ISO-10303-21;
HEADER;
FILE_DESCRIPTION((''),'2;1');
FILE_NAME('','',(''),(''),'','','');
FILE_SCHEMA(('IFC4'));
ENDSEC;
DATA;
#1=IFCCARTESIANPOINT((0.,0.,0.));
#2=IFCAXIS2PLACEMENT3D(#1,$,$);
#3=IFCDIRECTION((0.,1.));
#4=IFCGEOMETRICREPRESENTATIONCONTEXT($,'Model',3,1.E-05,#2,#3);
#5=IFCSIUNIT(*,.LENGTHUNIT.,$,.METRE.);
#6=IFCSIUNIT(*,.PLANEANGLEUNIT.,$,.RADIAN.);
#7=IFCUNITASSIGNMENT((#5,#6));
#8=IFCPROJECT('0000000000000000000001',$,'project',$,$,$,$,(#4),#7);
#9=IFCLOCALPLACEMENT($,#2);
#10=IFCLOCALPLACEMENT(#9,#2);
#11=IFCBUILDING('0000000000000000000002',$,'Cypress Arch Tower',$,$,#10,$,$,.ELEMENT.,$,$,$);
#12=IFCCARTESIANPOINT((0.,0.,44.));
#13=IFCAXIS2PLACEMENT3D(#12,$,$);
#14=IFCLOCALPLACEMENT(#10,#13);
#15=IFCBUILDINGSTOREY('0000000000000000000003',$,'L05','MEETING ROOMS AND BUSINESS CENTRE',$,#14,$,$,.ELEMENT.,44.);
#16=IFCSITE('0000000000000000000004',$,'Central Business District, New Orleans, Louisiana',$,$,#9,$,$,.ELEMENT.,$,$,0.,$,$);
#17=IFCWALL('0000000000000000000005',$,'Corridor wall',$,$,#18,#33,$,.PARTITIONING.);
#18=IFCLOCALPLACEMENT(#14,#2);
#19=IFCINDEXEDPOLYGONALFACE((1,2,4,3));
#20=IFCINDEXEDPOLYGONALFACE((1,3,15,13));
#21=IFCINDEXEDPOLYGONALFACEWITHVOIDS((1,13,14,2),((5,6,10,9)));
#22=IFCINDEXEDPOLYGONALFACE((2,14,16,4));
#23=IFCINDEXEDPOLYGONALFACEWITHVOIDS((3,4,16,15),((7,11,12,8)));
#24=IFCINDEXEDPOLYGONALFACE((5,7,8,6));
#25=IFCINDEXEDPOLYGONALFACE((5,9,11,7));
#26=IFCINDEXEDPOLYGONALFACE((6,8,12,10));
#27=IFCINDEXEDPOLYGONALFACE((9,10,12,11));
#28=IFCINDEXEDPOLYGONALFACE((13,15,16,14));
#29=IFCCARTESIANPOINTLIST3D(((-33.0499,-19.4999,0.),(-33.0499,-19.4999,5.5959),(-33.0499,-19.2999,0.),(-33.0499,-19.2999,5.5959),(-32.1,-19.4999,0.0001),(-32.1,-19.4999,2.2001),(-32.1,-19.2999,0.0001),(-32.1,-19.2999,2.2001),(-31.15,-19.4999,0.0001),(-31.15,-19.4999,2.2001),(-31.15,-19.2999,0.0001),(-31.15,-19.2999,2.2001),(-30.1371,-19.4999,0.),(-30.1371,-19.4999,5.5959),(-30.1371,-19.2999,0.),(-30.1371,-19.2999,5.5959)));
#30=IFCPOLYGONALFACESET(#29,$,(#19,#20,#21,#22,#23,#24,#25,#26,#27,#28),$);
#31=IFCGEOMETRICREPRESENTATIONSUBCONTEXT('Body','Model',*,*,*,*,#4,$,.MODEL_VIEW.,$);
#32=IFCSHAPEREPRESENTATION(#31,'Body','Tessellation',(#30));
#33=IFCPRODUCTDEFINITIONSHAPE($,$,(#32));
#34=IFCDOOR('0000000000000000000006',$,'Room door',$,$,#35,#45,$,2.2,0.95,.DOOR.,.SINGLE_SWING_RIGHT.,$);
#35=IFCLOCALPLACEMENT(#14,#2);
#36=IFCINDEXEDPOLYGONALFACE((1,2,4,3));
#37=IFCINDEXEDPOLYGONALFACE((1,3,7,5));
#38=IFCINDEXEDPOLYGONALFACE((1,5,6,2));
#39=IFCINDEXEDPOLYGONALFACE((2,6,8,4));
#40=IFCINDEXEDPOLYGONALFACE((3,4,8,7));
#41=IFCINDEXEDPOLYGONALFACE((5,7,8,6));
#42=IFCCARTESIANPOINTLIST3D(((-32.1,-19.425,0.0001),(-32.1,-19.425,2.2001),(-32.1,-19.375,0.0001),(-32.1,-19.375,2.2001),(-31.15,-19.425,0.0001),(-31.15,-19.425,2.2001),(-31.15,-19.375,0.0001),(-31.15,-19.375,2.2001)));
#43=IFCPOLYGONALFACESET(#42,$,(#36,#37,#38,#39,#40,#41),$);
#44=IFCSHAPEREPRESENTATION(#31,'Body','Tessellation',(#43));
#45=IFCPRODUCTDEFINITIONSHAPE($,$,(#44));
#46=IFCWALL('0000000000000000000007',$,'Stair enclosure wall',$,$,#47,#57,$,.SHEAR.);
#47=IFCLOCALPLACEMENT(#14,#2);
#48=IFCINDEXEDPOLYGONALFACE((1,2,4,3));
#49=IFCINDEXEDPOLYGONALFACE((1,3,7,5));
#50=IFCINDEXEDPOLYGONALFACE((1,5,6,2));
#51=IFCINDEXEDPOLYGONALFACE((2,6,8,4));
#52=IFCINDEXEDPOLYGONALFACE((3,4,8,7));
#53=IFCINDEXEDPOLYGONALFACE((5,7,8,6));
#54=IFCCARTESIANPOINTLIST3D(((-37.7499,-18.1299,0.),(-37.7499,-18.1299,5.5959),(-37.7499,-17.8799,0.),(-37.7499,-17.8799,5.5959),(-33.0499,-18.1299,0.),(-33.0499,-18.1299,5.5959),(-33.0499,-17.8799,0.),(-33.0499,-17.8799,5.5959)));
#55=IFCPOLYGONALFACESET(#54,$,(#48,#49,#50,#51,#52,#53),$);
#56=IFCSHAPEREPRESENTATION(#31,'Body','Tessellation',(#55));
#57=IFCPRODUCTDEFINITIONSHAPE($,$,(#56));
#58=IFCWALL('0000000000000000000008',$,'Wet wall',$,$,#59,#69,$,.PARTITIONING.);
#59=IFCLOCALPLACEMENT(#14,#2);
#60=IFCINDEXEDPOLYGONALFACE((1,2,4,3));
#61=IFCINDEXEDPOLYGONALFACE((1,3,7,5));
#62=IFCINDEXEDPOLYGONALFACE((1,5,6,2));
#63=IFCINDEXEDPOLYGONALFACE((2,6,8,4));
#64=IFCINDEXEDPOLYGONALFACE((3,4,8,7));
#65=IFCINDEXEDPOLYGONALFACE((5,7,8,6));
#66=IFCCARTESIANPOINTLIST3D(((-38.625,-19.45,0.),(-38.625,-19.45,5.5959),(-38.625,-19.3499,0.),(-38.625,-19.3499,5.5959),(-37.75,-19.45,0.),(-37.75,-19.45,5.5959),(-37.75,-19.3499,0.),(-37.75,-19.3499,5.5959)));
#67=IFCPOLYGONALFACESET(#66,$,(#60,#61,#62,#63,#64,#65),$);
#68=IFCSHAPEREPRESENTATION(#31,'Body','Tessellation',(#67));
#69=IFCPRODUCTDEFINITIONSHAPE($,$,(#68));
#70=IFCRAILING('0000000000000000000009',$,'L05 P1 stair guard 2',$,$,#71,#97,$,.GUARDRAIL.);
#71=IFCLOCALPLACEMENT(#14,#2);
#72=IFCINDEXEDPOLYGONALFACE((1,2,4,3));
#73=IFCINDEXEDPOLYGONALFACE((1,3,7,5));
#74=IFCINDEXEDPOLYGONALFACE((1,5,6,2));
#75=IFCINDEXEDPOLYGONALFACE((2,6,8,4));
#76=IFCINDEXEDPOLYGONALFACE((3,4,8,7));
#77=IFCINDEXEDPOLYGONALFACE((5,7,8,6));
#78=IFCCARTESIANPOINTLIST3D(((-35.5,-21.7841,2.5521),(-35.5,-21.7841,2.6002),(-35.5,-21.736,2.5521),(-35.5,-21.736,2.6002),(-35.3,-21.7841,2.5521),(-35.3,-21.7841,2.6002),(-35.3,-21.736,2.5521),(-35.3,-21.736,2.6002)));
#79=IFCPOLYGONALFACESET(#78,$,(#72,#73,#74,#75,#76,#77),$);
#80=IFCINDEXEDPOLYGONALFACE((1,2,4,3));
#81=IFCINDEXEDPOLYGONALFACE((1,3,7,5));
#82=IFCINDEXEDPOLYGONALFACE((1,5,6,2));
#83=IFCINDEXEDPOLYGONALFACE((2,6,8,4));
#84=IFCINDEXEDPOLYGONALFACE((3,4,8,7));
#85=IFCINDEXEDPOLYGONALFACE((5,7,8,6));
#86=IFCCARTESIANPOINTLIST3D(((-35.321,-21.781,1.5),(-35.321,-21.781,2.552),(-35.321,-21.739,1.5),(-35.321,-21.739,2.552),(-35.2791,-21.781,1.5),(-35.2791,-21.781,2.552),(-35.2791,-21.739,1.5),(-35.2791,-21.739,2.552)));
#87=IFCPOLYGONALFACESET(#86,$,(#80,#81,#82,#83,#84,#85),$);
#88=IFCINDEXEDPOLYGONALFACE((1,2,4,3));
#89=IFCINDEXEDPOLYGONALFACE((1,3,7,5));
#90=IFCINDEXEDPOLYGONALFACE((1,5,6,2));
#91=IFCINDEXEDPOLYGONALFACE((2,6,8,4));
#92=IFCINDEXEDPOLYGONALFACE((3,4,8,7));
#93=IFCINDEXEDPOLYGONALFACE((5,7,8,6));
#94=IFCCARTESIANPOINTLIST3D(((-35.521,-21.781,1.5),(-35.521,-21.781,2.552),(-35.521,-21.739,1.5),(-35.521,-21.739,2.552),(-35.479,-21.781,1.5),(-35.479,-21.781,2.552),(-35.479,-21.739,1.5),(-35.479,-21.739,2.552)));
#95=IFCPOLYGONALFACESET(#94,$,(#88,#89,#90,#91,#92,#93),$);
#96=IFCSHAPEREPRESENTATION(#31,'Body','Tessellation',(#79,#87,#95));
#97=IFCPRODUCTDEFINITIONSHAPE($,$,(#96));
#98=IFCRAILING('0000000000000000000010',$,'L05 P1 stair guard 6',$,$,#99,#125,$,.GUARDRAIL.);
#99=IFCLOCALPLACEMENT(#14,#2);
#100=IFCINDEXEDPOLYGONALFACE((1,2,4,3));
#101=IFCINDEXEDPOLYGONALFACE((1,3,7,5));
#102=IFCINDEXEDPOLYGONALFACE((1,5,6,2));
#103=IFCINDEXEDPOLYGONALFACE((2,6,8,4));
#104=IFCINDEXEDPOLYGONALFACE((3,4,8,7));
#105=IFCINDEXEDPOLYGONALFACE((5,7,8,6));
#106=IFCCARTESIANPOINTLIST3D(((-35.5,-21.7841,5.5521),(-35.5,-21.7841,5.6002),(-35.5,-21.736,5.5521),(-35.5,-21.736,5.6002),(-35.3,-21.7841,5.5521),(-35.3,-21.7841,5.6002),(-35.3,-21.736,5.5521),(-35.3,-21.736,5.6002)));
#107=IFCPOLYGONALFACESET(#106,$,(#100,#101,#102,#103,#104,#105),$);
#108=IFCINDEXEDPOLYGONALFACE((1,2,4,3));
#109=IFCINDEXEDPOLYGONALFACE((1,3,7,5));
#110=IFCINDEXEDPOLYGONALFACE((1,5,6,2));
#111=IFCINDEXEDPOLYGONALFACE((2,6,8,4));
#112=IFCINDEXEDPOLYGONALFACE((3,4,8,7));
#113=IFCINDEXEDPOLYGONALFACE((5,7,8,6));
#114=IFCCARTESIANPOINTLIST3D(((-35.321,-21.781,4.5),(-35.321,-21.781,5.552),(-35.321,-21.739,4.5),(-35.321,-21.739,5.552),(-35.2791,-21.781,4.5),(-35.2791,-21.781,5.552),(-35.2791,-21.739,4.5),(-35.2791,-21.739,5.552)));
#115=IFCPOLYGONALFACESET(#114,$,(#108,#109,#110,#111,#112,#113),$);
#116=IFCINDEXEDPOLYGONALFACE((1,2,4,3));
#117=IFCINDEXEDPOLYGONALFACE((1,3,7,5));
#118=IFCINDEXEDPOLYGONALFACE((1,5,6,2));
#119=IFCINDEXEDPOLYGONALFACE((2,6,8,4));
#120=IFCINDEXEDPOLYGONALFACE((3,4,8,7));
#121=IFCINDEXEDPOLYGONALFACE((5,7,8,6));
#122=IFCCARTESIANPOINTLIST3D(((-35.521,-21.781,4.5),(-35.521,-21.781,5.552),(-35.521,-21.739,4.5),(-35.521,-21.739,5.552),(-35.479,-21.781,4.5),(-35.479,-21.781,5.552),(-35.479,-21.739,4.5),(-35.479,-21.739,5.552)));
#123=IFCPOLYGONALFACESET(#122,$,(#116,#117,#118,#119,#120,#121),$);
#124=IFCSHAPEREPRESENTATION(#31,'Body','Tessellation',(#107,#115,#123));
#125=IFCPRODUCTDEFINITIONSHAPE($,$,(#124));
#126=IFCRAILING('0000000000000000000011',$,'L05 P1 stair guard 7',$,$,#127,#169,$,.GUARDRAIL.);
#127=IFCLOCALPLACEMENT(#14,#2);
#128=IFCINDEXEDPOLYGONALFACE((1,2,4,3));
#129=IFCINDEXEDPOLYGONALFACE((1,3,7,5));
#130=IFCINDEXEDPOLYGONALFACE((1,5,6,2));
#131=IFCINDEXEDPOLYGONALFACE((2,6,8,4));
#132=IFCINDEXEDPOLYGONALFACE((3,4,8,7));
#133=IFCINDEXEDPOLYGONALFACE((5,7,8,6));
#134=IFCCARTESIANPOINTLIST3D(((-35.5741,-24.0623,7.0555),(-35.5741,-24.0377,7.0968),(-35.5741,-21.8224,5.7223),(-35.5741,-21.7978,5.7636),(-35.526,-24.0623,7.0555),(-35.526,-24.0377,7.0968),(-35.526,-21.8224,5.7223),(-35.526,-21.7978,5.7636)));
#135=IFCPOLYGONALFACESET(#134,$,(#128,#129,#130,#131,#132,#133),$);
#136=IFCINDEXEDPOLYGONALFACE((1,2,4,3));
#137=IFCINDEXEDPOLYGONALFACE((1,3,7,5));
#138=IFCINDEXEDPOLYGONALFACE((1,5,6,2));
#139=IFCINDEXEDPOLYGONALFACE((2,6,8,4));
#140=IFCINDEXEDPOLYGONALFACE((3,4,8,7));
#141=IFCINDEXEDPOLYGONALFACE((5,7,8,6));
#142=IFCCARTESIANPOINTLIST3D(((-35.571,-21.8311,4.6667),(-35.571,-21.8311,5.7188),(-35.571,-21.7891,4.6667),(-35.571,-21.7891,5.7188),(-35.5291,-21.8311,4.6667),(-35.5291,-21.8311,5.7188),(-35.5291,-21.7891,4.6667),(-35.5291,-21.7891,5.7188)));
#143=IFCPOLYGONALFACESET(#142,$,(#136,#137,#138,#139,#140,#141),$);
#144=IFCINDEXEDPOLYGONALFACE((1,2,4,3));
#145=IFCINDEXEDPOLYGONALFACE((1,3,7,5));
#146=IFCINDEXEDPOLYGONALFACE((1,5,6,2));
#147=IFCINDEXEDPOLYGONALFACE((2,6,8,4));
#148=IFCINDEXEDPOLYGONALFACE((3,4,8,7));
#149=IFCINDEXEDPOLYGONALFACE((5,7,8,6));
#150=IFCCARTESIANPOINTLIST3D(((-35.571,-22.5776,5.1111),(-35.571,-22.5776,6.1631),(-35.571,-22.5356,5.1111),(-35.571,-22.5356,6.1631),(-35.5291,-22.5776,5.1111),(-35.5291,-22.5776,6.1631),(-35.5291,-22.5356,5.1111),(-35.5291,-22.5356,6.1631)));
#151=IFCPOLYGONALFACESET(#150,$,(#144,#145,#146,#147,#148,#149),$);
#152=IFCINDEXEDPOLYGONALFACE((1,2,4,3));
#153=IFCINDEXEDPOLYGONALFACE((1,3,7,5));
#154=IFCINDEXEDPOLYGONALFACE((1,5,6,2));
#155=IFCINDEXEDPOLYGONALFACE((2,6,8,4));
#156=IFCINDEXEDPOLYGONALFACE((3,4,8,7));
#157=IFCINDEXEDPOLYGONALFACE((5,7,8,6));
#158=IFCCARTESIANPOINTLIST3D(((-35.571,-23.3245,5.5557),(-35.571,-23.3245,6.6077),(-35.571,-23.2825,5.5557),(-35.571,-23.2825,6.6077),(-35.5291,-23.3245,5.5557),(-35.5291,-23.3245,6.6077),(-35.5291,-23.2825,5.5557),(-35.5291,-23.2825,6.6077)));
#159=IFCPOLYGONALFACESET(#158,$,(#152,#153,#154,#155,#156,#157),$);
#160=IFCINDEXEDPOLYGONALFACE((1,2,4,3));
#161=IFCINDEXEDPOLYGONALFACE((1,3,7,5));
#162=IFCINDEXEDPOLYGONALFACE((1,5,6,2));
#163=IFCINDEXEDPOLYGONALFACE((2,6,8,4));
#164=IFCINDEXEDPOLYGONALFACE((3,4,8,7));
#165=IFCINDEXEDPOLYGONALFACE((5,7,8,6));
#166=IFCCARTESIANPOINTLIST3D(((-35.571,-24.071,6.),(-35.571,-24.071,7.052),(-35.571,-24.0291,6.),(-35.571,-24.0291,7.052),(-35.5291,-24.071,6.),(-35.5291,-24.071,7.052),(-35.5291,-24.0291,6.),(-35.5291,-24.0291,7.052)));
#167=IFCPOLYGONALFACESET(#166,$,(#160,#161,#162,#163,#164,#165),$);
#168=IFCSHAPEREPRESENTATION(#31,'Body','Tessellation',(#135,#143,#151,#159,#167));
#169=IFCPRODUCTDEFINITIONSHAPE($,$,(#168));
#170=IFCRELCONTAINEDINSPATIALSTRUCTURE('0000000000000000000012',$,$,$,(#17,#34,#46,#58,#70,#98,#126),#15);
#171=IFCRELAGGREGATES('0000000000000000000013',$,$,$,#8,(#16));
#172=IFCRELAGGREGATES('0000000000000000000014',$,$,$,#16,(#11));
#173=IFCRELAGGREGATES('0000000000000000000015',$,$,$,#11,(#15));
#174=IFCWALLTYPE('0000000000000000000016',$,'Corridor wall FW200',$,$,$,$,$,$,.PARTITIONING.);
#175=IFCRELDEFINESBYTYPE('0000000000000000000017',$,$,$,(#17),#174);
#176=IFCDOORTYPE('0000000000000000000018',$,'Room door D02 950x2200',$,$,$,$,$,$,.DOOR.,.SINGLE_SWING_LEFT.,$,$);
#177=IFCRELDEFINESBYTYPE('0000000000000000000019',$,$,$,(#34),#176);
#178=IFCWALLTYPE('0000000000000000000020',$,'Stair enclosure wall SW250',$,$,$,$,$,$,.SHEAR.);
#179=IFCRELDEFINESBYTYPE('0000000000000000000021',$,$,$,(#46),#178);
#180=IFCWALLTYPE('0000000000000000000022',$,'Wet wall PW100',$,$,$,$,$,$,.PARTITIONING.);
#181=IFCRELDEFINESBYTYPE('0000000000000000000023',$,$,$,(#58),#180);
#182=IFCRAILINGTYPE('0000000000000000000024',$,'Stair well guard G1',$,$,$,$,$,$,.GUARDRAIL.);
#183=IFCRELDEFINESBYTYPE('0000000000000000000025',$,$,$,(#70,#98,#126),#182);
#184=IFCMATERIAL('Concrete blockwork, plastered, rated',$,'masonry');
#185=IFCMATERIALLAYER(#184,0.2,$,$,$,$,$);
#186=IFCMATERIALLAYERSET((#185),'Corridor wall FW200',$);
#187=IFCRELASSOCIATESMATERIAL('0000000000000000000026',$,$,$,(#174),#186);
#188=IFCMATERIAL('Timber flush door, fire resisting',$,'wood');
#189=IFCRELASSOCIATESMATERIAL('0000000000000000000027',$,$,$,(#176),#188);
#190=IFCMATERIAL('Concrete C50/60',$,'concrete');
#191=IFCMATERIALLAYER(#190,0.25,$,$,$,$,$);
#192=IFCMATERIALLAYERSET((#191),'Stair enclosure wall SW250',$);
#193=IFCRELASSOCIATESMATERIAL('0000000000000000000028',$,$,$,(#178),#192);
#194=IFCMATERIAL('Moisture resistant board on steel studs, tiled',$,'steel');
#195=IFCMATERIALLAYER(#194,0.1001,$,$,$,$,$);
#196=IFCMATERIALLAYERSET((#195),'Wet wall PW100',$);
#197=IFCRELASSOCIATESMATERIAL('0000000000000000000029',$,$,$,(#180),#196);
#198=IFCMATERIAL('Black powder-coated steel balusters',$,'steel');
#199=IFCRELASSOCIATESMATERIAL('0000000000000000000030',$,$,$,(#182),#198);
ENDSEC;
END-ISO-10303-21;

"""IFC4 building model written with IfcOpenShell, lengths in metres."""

from ifc_helpers import new_model, si_unit, direction, frame, frame_2d, origin, origin_2d, place, context, subcontext, project, spatial, rectangle, extrude, material, layer, layer_set, type_object, element, fill, save


model = new_model("IFC4")

# Units and contexts
model_context = context("Model", 3, precision=1e-05, world=origin(), true_north=direction((0.0, 1.0)))
body_context = subcontext(model_context, "Body", "Model", "MODEL_VIEW")
ifc_project = project(units=[si_unit("LENGTHUNIT", "METRE"), si_unit("PLANEANGLEUNIT", "RADIAN")], contexts=[model_context])

# Site, building, storey
site_placement = place(None, origin())
site = spatial("IfcSite", under=ifc_project, at=site_placement, Name="Central Business District, New Orleans, Louisiana", CompositionType="ELEMENT", RefElevation=0.0)
building_placement = place(site_placement, origin())
building = spatial("IfcBuilding", under=site, at=building_placement, Name="Cypress Arch Tower", CompositionType="ELEMENT")
storey_placement = place(building_placement, frame((0.0, 0.0, 44.0)))
storey = spatial("IfcBuildingStorey", under=building, at=storey_placement, Name="L05", Description="MEETING ROOMS AND BUSINESS CENTRE", CompositionType="ELEMENT", Elevation=44.0)

# Shared definitions
ifc_material_1 = material(Name="Concrete blockwork, plastered, rated", Category="masonry")
ifc_layer_1 = layer(ifc_material_1, 0.2)
ifc_layer_set_1 = layer_set([ifc_layer_1], Name="Corridor wall FW200")
wall_type_1 = type_object("IfcWallType", Name="Corridor wall FW200", PredefinedType="PARTITIONING", material=ifc_layer_set_1)
ifc_material_2 = material(Name="Timber flush door, fire resisting", Category="wood")
door_type_1 = type_object("IfcDoorType", Name="Room door D02 950x2200", OperationType="SINGLE_SWING_LEFT", PredefinedType="DOOR", material=ifc_material_2)

# Wall, opening, door
wall_1_placement = place(storey_placement, frame((-33.05, -19.3999, 0.0), z_axis=(0.0, 0.0, 1.0), x_axis=(1.0, 0.0, 0.0)))
wall_1 = element("IfcWall", 1, at=wall_1_placement, inside=storey, type_object=wall_type_1, Name="Corridor wall", PredefinedType="PARTITIONING", context=body_context, shape_type="SweptSolid", body=[
    extrude(rectangle(XDim=2.9128, YDim=0.2, at=frame_2d((1.4565, 0.0))), origin(), (0.0, 0.0, 1.0), 5.5959),
])
opening_1_placement = place(wall_1_placement, frame((0.95, 0.0, 0.0)))
opening_1 = element("IfcOpeningElement", 2, at=opening_1_placement, cuts=wall_1, PredefinedType="OPENING", context=body_context, shape_type="SweptSolid", body=[
    extrude(rectangle(XDim=0.95, YDim=2.2, at=frame_2d((0.4751, 1.1001))), frame((0.0, 0.1099, 0.0), z_axis=(0.0, -1.0, 0.0), x_axis=(1.0, 0.0, 0.0)), (0.0, 0.0, 1.0), 0.22),
])
door_1_placement = place(opening_1_placement, origin())
door_1 = element("IfcDoor", 3, at=door_1_placement, inside=storey, type_object=door_type_1, Name="Room door", OperationType="SINGLE_SWING_RIGHT", OverallHeight=2.2, OverallWidth=0.95, PredefinedType="DOOR", context=body_context, shape_type="SweptSolid", body=[
    extrude(rectangle(XDim=0.95, YDim=2.2, at=frame_2d((0.4751, 1.1001))), frame((0.0, 0.0249, 0.0), z_axis=(0.0, -1.0, 0.0), x_axis=(1.0, 0.0, 0.0)), (0.0, 0.0, 1.0), 0.05),
])
fill(opening_1, door_1)

# Walls
ifc_material_3 = material(Name="Concrete C50/60", Category="concrete")
ifc_layer_2 = layer(ifc_material_3, 0.25)
ifc_layer_set_2 = layer_set([ifc_layer_2], Name="Stair enclosure wall SW250")
wall_type_2 = type_object("IfcWallType", Name="Stair enclosure wall SW250", PredefinedType="SHEAR", material=ifc_layer_set_2)
wall_2_placement = place(storey_placement, frame((-37.75, -18.0049, 0.0), z_axis=(0.0, 0.0, 1.0), x_axis=(1.0, 0.0, 0.0)))
element("IfcWall", 4, at=wall_2_placement, inside=storey, type_object=wall_type_2, Name="Stair enclosure wall", PredefinedType="SHEAR", context=body_context, shape_type="SweptSolid", body=[
    extrude(rectangle(XDim=4.7, YDim=0.25, at=frame_2d((2.3501, 0.0))), origin(), (0.0, 0.0, 1.0), 5.5959),
])
ifc_material_4 = material(Name="Moisture resistant board on steel studs, tiled", Category="steel")
ifc_layer_3 = layer(ifc_material_4, 0.1001)
ifc_layer_set_3 = layer_set([ifc_layer_3], Name="Wet wall PW100")
wall_type_3 = type_object("IfcWallType", Name="Wet wall PW100", PredefinedType="PARTITIONING", material=ifc_layer_set_3)
wall_3_placement = place(storey_placement, frame((-38.625, -19.3999, 0.0), z_axis=(0.0, 0.0, 1.0), x_axis=(1.0, 0.0, 0.0)))
element("IfcWall", 5, at=wall_3_placement, inside=storey, type_object=wall_type_3, Name="Wet wall", PredefinedType="PARTITIONING", context=body_context, shape_type="SweptSolid", body=[
    extrude(rectangle(XDim=0.875, YDim=0.1001, at=frame_2d((0.4375, 0.0))), origin(), (0.0, 0.0, 1.0), 5.5959),
])

# Railings
ifc_material_5 = material(Name="Black powder-coated steel balusters", Category="steel")
railing_type = type_object("IfcRailingType", Name="Stair well guard G1", PredefinedType="GUARDRAIL", material=ifc_material_5)
for number, where, name in (
    (6, (-35.3, -21.76, 1.5), "L05 P1 stair guard 2"),
    (7, (-35.3, -21.76, 4.5), "L05 P1 stair guard 6"),
):
    element("IfcRailing", number, at=place(storey_placement, frame(where)), inside=storey, type_object=railing_type, Name=name, PredefinedType="GUARDRAIL", context=body_context, shape_type="SweptSolid", body=[
        extrude(rectangle(XDim=0.0481, YDim=0.0481, at=origin_2d()), frame((0.0, 0.0, 1.0762), z_axis=(-1.0, 0.0, 0.0), x_axis=(0.0, -1.0, 0.0)), (0.0, 0.0, 1.0), 0.2),
        extrude(rectangle(XDim=0.042, YDim=0.042, at=origin_2d()), origin(), (0.0, 0.0, 1.0), 1.052),
        extrude(rectangle(XDim=0.042, YDim=0.042, at=origin_2d()), frame((-0.2, 0.0, 0.0)), (0.0, 0.0, 1.0), 1.052),
    ])
railing_placement = place(storey_placement, frame((-35.55, -21.8101, 4.6667)))
element("IfcRailing", 8, at=railing_placement, inside=storey, type_object=railing_type, Name="L05 P1 stair guard 7", PredefinedType="GUARDRAIL", context=body_context, shape_type="SweptSolid", body=[
    extrude(rectangle(XDim=0.0481, YDim=0.0481, at=origin_2d()), frame((0.0, 0.0, 1.0762), z_axis=(0.0, -0.859306, 0.511462), x_axis=(1.0, 0.0, 0.0)), (0.0, 0.0, 1.0), 2.6067),
    extrude(rectangle(XDim=0.042, YDim=0.042, at=origin_2d()), origin(), (0.0, 0.0, 1.0), 1.052),
    extrude(rectangle(XDim=0.042, YDim=0.042, at=origin_2d()), frame((0.0, -0.7466, 0.4443)), (0.0, 0.0, 1.0), 1.052),
    extrude(rectangle(XDim=0.042, YDim=0.042, at=origin_2d()), frame((0.0, -1.4934, 0.8889)), (0.0, 0.0, 1.0), 1.052),
    extrude(rectangle(XDim=0.042, YDim=0.042, at=origin_2d()), frame((0.0, -2.24, 1.3333)), (0.0, 0.0, 1.0), 1.052),
])

save(model, "model.ifc")
